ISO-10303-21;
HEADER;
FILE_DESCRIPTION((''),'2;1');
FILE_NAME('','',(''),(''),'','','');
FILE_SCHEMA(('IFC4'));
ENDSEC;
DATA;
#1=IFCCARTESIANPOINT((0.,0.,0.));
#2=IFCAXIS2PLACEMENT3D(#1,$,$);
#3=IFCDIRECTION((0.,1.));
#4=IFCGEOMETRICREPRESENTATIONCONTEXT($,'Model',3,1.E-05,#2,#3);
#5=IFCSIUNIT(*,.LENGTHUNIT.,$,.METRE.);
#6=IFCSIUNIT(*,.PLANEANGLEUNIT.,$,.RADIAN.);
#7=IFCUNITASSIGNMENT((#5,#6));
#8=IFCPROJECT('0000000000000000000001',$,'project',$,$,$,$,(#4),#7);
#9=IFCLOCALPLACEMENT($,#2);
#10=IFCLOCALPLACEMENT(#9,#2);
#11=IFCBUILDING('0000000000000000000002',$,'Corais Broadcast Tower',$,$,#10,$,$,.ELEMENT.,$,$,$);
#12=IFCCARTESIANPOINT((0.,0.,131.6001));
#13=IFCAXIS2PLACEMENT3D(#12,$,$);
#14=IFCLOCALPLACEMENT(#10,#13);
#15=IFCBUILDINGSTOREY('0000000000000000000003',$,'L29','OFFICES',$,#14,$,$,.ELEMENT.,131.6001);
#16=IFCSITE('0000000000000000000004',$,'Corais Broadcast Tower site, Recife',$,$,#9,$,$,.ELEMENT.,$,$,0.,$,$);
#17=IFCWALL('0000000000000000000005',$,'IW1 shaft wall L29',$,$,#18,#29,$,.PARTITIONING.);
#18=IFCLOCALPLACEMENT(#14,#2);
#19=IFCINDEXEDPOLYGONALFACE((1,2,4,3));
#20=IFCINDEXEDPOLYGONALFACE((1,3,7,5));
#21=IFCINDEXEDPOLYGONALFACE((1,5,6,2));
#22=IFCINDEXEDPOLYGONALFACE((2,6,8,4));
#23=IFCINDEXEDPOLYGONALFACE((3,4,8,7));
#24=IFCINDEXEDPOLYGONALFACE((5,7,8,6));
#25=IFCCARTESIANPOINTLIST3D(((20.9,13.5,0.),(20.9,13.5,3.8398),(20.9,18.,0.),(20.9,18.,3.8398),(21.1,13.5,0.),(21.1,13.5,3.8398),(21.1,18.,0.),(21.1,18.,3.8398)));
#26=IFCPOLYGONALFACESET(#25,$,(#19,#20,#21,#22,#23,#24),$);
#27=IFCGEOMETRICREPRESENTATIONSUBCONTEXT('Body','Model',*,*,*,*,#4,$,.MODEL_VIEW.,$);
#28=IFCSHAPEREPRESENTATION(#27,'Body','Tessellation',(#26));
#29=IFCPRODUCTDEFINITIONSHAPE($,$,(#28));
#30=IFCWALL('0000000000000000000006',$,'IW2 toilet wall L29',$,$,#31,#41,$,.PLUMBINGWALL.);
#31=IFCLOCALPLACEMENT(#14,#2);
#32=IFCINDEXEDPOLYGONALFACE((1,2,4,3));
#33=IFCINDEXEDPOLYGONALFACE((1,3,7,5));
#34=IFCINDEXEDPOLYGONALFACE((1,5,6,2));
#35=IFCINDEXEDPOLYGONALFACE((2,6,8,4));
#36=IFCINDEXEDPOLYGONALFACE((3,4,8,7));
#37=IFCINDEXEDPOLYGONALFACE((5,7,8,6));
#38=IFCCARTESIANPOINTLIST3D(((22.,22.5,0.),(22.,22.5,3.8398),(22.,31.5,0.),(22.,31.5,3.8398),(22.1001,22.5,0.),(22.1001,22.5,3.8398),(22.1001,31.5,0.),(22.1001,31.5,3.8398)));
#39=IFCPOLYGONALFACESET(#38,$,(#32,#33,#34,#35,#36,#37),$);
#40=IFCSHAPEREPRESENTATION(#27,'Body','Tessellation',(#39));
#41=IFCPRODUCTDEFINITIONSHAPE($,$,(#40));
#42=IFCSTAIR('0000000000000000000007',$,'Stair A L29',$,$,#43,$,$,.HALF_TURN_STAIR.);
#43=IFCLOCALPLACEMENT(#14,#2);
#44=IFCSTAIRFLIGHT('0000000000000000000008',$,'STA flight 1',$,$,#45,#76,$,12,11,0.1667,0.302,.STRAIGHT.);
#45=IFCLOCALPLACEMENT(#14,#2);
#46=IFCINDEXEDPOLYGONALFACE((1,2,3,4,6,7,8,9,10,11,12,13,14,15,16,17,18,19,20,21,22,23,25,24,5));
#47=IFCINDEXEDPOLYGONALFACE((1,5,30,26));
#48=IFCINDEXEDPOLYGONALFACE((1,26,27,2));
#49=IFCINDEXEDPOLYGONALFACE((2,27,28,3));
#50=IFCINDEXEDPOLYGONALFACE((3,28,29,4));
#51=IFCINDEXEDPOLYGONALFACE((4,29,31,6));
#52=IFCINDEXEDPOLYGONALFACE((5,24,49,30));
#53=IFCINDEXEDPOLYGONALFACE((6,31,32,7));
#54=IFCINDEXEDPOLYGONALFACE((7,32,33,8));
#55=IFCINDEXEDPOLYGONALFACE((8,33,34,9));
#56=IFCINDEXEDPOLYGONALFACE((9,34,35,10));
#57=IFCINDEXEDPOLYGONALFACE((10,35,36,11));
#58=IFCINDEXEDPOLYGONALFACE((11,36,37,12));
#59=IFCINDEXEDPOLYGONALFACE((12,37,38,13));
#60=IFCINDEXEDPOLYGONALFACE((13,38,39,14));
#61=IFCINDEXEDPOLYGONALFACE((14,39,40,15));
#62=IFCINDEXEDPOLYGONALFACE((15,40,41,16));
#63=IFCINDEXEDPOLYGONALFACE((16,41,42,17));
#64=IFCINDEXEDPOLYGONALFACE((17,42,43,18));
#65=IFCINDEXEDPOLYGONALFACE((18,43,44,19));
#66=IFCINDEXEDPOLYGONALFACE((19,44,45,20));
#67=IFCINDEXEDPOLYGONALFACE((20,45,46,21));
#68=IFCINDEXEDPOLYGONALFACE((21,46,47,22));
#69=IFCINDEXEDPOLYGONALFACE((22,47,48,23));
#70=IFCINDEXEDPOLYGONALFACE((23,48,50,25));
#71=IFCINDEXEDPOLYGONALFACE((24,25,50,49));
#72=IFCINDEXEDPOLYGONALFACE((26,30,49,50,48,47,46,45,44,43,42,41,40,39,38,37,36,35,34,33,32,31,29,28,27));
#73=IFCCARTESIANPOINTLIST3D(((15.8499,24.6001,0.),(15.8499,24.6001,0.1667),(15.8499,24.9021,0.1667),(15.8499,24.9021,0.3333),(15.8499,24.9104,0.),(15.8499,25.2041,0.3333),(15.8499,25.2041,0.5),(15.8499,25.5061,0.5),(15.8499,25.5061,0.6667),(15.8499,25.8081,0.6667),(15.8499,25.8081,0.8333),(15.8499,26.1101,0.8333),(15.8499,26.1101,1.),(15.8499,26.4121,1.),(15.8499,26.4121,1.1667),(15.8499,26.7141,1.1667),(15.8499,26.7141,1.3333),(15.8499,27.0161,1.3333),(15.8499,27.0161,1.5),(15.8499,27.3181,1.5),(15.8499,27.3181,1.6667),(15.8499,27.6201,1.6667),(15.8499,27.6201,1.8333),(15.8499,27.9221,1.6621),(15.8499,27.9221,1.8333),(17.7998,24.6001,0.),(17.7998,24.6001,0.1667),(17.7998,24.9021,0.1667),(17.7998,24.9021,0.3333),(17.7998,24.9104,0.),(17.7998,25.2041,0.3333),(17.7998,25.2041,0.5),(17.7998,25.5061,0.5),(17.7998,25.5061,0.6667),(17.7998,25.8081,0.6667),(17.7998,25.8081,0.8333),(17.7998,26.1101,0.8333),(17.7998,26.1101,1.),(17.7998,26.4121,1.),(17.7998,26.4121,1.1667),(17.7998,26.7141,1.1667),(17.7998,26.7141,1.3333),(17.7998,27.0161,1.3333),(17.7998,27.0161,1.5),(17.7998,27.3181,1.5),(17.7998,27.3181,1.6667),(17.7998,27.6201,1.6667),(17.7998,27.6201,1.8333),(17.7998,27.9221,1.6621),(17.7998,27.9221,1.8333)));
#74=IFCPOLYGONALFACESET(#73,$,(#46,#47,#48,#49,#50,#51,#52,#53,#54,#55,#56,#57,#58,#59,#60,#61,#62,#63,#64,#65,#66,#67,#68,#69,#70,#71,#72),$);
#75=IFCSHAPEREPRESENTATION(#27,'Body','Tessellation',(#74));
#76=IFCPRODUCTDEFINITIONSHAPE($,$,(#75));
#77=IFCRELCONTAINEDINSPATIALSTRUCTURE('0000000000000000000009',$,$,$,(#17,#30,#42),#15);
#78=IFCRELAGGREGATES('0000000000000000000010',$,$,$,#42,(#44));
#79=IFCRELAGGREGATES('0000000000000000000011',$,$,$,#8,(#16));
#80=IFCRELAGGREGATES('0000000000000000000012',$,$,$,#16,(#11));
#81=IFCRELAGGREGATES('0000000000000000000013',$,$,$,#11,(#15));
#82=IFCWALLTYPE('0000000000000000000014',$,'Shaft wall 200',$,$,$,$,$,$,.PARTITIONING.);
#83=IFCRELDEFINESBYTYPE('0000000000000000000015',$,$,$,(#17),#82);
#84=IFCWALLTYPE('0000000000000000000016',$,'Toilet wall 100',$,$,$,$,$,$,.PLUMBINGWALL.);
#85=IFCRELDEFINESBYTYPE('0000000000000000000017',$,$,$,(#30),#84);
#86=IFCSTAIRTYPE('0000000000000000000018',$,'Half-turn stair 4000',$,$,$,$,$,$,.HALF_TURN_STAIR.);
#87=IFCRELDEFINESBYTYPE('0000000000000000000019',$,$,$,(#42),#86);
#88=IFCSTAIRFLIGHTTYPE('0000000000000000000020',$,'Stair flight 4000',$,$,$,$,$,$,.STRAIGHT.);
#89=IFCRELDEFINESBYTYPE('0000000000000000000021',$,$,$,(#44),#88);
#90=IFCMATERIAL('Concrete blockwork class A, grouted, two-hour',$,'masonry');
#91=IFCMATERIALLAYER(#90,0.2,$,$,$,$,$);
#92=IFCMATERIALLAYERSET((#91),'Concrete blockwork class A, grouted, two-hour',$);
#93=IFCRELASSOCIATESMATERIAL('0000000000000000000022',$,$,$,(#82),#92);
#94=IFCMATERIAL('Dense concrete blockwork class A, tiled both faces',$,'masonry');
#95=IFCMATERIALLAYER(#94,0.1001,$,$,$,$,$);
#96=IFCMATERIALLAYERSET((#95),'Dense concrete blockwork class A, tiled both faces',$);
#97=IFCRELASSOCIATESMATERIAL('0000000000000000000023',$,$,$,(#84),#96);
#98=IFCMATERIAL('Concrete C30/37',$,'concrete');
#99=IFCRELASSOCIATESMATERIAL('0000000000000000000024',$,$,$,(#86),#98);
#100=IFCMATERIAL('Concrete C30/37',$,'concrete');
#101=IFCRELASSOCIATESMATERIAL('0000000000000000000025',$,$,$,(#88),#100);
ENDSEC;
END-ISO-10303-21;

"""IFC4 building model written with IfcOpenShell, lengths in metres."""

from ifc_helpers import new_model, si_unit, direction, frame, frame_2d, origin, place, context, subcontext, project, spatial, polyline, rectangle, outline, extrude, material, layer, layer_set, type_object, element, aggregate, save


model = new_model("IFC4")

# Units and contexts
model_context = context("Model", 3, precision=1e-05, world=origin(), true_north=direction((0.0, 1.0)))
body_context = subcontext(model_context, "Body", "Model", "MODEL_VIEW")
ifc_project = project(units=[si_unit("LENGTHUNIT", "METRE"), si_unit("PLANEANGLEUNIT", "RADIAN")], contexts=[model_context])

# Site, building, storey
site_placement = place(None, origin())
site = spatial("IfcSite", under=ifc_project, at=site_placement, Name="Corais Broadcast Tower site, Recife", CompositionType="ELEMENT", RefElevation=0.0)
building_placement = place(site_placement, origin())
building = spatial("IfcBuilding", under=site, at=building_placement, Name="Corais Broadcast Tower", CompositionType="ELEMENT")
storey_placement = place(building_placement, frame((0.0, 0.0, 131.6001)))
storey = spatial("IfcBuildingStorey", under=building, at=storey_placement, Name="L29", Description="OFFICES", CompositionType="ELEMENT", Elevation=131.6001)

# Walls
ifc_material_1 = material(Name="Concrete blockwork class A, grouted, two-hour", Category="masonry")
ifc_layer_1 = layer(ifc_material_1, 0.2)
ifc_layer_set_1 = layer_set([ifc_layer_1], Name="Concrete blockwork class A, grouted, two-hour")
wall_type_1 = type_object("IfcWallType", Name="Shaft wall 200", PredefinedType="PARTITIONING", material=ifc_layer_set_1)
wall_1_placement = place(storey_placement, frame((21.0, 13.5, 0.0), z_axis=(0.0, 0.0, 1.0), x_axis=(0.0, 1.0, 0.0)))
element("IfcWall", 1, at=wall_1_placement, inside=storey, type_object=wall_type_1, Name="IW1 shaft wall L29", PredefinedType="PARTITIONING", context=body_context, shape_type="SweptSolid", body=[
    extrude(rectangle(XDim=4.5, YDim=0.2, at=frame_2d((2.25, 0.0))), origin(), (0.0, 0.0, 1.0), 3.8398),
])
ifc_material_2 = material(Name="Dense concrete blockwork class A, tiled both faces", Category="masonry")
ifc_layer_2 = layer(ifc_material_2, 0.1001)
ifc_layer_set_2 = layer_set([ifc_layer_2], Name="Dense concrete blockwork class A, tiled both faces")
wall_type_2 = type_object("IfcWallType", Name="Toilet wall 100", PredefinedType="PLUMBINGWALL", material=ifc_layer_set_2)
wall_2_placement = place(storey_placement, frame((22.05, 22.5, 0.0), z_axis=(0.0, 0.0, 1.0), x_axis=(0.0, 1.0, 0.0)))
element("IfcWall", 2, at=wall_2_placement, inside=storey, type_object=wall_type_2, Name="IW2 toilet wall L29", PredefinedType="PLUMBINGWALL", context=body_context, shape_type="SweptSolid", body=[
    extrude(rectangle(XDim=9.0, YDim=0.1001, at=frame_2d((4.5, 0.0))), origin(), (0.0, 0.0, 1.0), 3.8398),
])

# Stair, stair flight
ifc_material_3 = material(Name="Concrete C30/37", Category="concrete")
stair_type = type_object("IfcStairType", Name="Half-turn stair 4000", PredefinedType="HALF_TURN_STAIR", material=ifc_material_3)
stair_placement = place(storey_placement, origin())
stair = element("IfcStair", 3, at=stair_placement, inside=storey, type_object=stair_type, Name="Stair A L29", PredefinedType="HALF_TURN_STAIR")
ifc_material_4 = material(Name="Concrete C30/37", Category="concrete")
stair_flight_type = type_object("IfcStairFlightType", Name="Stair flight 4000", PredefinedType="STRAIGHT", material=ifc_material_4)
stair_flight_placement = place(storey_placement, frame((16.825, 24.6001, 0.0), z_axis=(0.0, 0.0, 1.0), x_axis=(0.0, 1.0, 0.0)))
stair_flight = element("IfcStairFlight", 4, at=stair_flight_placement, type_object=stair_flight_type, Name="STA flight 1", NumberOfRisers=12, NumberOfTreads=11, PredefinedType="STRAIGHT", RiserHeight=0.1667, TreadLength=0.302, context=body_context, shape_type="SweptSolid", body=[
    extrude(outline(polyline([(0.0, 0.0), (0.0, 0.1667), (0.302, 0.1667), (0.302, 0.3333), (0.604, 0.3333), (0.604, 0.5), (0.906, 0.5), (0.906, 0.6667), (1.208, 0.6667), (1.208, 0.8333), (1.51, 0.8333), (1.51, 1.0), (1.812, 1.0), (1.812, 1.1667), (2.114, 1.1667), (2.114, 1.3333), (2.416, 1.3333), (2.416, 1.5), (2.718, 1.5), (2.718, 1.6667), (3.02, 1.6667), (3.02, 1.8333), (3.322, 1.8333), (3.322, 2.0), (3.322, 1.6621), (0.3103, 0.0), (0.0, 0.0)])), frame((0.0, 0.9751, 0.0), z_axis=(0.0, -1.0, 0.0), x_axis=(1.0, 0.0, 0.0)), (0.0, 0.0, 1.0), 1.95),
])
aggregate(stair, [stair_flight])

save(model, "model.ifc")
